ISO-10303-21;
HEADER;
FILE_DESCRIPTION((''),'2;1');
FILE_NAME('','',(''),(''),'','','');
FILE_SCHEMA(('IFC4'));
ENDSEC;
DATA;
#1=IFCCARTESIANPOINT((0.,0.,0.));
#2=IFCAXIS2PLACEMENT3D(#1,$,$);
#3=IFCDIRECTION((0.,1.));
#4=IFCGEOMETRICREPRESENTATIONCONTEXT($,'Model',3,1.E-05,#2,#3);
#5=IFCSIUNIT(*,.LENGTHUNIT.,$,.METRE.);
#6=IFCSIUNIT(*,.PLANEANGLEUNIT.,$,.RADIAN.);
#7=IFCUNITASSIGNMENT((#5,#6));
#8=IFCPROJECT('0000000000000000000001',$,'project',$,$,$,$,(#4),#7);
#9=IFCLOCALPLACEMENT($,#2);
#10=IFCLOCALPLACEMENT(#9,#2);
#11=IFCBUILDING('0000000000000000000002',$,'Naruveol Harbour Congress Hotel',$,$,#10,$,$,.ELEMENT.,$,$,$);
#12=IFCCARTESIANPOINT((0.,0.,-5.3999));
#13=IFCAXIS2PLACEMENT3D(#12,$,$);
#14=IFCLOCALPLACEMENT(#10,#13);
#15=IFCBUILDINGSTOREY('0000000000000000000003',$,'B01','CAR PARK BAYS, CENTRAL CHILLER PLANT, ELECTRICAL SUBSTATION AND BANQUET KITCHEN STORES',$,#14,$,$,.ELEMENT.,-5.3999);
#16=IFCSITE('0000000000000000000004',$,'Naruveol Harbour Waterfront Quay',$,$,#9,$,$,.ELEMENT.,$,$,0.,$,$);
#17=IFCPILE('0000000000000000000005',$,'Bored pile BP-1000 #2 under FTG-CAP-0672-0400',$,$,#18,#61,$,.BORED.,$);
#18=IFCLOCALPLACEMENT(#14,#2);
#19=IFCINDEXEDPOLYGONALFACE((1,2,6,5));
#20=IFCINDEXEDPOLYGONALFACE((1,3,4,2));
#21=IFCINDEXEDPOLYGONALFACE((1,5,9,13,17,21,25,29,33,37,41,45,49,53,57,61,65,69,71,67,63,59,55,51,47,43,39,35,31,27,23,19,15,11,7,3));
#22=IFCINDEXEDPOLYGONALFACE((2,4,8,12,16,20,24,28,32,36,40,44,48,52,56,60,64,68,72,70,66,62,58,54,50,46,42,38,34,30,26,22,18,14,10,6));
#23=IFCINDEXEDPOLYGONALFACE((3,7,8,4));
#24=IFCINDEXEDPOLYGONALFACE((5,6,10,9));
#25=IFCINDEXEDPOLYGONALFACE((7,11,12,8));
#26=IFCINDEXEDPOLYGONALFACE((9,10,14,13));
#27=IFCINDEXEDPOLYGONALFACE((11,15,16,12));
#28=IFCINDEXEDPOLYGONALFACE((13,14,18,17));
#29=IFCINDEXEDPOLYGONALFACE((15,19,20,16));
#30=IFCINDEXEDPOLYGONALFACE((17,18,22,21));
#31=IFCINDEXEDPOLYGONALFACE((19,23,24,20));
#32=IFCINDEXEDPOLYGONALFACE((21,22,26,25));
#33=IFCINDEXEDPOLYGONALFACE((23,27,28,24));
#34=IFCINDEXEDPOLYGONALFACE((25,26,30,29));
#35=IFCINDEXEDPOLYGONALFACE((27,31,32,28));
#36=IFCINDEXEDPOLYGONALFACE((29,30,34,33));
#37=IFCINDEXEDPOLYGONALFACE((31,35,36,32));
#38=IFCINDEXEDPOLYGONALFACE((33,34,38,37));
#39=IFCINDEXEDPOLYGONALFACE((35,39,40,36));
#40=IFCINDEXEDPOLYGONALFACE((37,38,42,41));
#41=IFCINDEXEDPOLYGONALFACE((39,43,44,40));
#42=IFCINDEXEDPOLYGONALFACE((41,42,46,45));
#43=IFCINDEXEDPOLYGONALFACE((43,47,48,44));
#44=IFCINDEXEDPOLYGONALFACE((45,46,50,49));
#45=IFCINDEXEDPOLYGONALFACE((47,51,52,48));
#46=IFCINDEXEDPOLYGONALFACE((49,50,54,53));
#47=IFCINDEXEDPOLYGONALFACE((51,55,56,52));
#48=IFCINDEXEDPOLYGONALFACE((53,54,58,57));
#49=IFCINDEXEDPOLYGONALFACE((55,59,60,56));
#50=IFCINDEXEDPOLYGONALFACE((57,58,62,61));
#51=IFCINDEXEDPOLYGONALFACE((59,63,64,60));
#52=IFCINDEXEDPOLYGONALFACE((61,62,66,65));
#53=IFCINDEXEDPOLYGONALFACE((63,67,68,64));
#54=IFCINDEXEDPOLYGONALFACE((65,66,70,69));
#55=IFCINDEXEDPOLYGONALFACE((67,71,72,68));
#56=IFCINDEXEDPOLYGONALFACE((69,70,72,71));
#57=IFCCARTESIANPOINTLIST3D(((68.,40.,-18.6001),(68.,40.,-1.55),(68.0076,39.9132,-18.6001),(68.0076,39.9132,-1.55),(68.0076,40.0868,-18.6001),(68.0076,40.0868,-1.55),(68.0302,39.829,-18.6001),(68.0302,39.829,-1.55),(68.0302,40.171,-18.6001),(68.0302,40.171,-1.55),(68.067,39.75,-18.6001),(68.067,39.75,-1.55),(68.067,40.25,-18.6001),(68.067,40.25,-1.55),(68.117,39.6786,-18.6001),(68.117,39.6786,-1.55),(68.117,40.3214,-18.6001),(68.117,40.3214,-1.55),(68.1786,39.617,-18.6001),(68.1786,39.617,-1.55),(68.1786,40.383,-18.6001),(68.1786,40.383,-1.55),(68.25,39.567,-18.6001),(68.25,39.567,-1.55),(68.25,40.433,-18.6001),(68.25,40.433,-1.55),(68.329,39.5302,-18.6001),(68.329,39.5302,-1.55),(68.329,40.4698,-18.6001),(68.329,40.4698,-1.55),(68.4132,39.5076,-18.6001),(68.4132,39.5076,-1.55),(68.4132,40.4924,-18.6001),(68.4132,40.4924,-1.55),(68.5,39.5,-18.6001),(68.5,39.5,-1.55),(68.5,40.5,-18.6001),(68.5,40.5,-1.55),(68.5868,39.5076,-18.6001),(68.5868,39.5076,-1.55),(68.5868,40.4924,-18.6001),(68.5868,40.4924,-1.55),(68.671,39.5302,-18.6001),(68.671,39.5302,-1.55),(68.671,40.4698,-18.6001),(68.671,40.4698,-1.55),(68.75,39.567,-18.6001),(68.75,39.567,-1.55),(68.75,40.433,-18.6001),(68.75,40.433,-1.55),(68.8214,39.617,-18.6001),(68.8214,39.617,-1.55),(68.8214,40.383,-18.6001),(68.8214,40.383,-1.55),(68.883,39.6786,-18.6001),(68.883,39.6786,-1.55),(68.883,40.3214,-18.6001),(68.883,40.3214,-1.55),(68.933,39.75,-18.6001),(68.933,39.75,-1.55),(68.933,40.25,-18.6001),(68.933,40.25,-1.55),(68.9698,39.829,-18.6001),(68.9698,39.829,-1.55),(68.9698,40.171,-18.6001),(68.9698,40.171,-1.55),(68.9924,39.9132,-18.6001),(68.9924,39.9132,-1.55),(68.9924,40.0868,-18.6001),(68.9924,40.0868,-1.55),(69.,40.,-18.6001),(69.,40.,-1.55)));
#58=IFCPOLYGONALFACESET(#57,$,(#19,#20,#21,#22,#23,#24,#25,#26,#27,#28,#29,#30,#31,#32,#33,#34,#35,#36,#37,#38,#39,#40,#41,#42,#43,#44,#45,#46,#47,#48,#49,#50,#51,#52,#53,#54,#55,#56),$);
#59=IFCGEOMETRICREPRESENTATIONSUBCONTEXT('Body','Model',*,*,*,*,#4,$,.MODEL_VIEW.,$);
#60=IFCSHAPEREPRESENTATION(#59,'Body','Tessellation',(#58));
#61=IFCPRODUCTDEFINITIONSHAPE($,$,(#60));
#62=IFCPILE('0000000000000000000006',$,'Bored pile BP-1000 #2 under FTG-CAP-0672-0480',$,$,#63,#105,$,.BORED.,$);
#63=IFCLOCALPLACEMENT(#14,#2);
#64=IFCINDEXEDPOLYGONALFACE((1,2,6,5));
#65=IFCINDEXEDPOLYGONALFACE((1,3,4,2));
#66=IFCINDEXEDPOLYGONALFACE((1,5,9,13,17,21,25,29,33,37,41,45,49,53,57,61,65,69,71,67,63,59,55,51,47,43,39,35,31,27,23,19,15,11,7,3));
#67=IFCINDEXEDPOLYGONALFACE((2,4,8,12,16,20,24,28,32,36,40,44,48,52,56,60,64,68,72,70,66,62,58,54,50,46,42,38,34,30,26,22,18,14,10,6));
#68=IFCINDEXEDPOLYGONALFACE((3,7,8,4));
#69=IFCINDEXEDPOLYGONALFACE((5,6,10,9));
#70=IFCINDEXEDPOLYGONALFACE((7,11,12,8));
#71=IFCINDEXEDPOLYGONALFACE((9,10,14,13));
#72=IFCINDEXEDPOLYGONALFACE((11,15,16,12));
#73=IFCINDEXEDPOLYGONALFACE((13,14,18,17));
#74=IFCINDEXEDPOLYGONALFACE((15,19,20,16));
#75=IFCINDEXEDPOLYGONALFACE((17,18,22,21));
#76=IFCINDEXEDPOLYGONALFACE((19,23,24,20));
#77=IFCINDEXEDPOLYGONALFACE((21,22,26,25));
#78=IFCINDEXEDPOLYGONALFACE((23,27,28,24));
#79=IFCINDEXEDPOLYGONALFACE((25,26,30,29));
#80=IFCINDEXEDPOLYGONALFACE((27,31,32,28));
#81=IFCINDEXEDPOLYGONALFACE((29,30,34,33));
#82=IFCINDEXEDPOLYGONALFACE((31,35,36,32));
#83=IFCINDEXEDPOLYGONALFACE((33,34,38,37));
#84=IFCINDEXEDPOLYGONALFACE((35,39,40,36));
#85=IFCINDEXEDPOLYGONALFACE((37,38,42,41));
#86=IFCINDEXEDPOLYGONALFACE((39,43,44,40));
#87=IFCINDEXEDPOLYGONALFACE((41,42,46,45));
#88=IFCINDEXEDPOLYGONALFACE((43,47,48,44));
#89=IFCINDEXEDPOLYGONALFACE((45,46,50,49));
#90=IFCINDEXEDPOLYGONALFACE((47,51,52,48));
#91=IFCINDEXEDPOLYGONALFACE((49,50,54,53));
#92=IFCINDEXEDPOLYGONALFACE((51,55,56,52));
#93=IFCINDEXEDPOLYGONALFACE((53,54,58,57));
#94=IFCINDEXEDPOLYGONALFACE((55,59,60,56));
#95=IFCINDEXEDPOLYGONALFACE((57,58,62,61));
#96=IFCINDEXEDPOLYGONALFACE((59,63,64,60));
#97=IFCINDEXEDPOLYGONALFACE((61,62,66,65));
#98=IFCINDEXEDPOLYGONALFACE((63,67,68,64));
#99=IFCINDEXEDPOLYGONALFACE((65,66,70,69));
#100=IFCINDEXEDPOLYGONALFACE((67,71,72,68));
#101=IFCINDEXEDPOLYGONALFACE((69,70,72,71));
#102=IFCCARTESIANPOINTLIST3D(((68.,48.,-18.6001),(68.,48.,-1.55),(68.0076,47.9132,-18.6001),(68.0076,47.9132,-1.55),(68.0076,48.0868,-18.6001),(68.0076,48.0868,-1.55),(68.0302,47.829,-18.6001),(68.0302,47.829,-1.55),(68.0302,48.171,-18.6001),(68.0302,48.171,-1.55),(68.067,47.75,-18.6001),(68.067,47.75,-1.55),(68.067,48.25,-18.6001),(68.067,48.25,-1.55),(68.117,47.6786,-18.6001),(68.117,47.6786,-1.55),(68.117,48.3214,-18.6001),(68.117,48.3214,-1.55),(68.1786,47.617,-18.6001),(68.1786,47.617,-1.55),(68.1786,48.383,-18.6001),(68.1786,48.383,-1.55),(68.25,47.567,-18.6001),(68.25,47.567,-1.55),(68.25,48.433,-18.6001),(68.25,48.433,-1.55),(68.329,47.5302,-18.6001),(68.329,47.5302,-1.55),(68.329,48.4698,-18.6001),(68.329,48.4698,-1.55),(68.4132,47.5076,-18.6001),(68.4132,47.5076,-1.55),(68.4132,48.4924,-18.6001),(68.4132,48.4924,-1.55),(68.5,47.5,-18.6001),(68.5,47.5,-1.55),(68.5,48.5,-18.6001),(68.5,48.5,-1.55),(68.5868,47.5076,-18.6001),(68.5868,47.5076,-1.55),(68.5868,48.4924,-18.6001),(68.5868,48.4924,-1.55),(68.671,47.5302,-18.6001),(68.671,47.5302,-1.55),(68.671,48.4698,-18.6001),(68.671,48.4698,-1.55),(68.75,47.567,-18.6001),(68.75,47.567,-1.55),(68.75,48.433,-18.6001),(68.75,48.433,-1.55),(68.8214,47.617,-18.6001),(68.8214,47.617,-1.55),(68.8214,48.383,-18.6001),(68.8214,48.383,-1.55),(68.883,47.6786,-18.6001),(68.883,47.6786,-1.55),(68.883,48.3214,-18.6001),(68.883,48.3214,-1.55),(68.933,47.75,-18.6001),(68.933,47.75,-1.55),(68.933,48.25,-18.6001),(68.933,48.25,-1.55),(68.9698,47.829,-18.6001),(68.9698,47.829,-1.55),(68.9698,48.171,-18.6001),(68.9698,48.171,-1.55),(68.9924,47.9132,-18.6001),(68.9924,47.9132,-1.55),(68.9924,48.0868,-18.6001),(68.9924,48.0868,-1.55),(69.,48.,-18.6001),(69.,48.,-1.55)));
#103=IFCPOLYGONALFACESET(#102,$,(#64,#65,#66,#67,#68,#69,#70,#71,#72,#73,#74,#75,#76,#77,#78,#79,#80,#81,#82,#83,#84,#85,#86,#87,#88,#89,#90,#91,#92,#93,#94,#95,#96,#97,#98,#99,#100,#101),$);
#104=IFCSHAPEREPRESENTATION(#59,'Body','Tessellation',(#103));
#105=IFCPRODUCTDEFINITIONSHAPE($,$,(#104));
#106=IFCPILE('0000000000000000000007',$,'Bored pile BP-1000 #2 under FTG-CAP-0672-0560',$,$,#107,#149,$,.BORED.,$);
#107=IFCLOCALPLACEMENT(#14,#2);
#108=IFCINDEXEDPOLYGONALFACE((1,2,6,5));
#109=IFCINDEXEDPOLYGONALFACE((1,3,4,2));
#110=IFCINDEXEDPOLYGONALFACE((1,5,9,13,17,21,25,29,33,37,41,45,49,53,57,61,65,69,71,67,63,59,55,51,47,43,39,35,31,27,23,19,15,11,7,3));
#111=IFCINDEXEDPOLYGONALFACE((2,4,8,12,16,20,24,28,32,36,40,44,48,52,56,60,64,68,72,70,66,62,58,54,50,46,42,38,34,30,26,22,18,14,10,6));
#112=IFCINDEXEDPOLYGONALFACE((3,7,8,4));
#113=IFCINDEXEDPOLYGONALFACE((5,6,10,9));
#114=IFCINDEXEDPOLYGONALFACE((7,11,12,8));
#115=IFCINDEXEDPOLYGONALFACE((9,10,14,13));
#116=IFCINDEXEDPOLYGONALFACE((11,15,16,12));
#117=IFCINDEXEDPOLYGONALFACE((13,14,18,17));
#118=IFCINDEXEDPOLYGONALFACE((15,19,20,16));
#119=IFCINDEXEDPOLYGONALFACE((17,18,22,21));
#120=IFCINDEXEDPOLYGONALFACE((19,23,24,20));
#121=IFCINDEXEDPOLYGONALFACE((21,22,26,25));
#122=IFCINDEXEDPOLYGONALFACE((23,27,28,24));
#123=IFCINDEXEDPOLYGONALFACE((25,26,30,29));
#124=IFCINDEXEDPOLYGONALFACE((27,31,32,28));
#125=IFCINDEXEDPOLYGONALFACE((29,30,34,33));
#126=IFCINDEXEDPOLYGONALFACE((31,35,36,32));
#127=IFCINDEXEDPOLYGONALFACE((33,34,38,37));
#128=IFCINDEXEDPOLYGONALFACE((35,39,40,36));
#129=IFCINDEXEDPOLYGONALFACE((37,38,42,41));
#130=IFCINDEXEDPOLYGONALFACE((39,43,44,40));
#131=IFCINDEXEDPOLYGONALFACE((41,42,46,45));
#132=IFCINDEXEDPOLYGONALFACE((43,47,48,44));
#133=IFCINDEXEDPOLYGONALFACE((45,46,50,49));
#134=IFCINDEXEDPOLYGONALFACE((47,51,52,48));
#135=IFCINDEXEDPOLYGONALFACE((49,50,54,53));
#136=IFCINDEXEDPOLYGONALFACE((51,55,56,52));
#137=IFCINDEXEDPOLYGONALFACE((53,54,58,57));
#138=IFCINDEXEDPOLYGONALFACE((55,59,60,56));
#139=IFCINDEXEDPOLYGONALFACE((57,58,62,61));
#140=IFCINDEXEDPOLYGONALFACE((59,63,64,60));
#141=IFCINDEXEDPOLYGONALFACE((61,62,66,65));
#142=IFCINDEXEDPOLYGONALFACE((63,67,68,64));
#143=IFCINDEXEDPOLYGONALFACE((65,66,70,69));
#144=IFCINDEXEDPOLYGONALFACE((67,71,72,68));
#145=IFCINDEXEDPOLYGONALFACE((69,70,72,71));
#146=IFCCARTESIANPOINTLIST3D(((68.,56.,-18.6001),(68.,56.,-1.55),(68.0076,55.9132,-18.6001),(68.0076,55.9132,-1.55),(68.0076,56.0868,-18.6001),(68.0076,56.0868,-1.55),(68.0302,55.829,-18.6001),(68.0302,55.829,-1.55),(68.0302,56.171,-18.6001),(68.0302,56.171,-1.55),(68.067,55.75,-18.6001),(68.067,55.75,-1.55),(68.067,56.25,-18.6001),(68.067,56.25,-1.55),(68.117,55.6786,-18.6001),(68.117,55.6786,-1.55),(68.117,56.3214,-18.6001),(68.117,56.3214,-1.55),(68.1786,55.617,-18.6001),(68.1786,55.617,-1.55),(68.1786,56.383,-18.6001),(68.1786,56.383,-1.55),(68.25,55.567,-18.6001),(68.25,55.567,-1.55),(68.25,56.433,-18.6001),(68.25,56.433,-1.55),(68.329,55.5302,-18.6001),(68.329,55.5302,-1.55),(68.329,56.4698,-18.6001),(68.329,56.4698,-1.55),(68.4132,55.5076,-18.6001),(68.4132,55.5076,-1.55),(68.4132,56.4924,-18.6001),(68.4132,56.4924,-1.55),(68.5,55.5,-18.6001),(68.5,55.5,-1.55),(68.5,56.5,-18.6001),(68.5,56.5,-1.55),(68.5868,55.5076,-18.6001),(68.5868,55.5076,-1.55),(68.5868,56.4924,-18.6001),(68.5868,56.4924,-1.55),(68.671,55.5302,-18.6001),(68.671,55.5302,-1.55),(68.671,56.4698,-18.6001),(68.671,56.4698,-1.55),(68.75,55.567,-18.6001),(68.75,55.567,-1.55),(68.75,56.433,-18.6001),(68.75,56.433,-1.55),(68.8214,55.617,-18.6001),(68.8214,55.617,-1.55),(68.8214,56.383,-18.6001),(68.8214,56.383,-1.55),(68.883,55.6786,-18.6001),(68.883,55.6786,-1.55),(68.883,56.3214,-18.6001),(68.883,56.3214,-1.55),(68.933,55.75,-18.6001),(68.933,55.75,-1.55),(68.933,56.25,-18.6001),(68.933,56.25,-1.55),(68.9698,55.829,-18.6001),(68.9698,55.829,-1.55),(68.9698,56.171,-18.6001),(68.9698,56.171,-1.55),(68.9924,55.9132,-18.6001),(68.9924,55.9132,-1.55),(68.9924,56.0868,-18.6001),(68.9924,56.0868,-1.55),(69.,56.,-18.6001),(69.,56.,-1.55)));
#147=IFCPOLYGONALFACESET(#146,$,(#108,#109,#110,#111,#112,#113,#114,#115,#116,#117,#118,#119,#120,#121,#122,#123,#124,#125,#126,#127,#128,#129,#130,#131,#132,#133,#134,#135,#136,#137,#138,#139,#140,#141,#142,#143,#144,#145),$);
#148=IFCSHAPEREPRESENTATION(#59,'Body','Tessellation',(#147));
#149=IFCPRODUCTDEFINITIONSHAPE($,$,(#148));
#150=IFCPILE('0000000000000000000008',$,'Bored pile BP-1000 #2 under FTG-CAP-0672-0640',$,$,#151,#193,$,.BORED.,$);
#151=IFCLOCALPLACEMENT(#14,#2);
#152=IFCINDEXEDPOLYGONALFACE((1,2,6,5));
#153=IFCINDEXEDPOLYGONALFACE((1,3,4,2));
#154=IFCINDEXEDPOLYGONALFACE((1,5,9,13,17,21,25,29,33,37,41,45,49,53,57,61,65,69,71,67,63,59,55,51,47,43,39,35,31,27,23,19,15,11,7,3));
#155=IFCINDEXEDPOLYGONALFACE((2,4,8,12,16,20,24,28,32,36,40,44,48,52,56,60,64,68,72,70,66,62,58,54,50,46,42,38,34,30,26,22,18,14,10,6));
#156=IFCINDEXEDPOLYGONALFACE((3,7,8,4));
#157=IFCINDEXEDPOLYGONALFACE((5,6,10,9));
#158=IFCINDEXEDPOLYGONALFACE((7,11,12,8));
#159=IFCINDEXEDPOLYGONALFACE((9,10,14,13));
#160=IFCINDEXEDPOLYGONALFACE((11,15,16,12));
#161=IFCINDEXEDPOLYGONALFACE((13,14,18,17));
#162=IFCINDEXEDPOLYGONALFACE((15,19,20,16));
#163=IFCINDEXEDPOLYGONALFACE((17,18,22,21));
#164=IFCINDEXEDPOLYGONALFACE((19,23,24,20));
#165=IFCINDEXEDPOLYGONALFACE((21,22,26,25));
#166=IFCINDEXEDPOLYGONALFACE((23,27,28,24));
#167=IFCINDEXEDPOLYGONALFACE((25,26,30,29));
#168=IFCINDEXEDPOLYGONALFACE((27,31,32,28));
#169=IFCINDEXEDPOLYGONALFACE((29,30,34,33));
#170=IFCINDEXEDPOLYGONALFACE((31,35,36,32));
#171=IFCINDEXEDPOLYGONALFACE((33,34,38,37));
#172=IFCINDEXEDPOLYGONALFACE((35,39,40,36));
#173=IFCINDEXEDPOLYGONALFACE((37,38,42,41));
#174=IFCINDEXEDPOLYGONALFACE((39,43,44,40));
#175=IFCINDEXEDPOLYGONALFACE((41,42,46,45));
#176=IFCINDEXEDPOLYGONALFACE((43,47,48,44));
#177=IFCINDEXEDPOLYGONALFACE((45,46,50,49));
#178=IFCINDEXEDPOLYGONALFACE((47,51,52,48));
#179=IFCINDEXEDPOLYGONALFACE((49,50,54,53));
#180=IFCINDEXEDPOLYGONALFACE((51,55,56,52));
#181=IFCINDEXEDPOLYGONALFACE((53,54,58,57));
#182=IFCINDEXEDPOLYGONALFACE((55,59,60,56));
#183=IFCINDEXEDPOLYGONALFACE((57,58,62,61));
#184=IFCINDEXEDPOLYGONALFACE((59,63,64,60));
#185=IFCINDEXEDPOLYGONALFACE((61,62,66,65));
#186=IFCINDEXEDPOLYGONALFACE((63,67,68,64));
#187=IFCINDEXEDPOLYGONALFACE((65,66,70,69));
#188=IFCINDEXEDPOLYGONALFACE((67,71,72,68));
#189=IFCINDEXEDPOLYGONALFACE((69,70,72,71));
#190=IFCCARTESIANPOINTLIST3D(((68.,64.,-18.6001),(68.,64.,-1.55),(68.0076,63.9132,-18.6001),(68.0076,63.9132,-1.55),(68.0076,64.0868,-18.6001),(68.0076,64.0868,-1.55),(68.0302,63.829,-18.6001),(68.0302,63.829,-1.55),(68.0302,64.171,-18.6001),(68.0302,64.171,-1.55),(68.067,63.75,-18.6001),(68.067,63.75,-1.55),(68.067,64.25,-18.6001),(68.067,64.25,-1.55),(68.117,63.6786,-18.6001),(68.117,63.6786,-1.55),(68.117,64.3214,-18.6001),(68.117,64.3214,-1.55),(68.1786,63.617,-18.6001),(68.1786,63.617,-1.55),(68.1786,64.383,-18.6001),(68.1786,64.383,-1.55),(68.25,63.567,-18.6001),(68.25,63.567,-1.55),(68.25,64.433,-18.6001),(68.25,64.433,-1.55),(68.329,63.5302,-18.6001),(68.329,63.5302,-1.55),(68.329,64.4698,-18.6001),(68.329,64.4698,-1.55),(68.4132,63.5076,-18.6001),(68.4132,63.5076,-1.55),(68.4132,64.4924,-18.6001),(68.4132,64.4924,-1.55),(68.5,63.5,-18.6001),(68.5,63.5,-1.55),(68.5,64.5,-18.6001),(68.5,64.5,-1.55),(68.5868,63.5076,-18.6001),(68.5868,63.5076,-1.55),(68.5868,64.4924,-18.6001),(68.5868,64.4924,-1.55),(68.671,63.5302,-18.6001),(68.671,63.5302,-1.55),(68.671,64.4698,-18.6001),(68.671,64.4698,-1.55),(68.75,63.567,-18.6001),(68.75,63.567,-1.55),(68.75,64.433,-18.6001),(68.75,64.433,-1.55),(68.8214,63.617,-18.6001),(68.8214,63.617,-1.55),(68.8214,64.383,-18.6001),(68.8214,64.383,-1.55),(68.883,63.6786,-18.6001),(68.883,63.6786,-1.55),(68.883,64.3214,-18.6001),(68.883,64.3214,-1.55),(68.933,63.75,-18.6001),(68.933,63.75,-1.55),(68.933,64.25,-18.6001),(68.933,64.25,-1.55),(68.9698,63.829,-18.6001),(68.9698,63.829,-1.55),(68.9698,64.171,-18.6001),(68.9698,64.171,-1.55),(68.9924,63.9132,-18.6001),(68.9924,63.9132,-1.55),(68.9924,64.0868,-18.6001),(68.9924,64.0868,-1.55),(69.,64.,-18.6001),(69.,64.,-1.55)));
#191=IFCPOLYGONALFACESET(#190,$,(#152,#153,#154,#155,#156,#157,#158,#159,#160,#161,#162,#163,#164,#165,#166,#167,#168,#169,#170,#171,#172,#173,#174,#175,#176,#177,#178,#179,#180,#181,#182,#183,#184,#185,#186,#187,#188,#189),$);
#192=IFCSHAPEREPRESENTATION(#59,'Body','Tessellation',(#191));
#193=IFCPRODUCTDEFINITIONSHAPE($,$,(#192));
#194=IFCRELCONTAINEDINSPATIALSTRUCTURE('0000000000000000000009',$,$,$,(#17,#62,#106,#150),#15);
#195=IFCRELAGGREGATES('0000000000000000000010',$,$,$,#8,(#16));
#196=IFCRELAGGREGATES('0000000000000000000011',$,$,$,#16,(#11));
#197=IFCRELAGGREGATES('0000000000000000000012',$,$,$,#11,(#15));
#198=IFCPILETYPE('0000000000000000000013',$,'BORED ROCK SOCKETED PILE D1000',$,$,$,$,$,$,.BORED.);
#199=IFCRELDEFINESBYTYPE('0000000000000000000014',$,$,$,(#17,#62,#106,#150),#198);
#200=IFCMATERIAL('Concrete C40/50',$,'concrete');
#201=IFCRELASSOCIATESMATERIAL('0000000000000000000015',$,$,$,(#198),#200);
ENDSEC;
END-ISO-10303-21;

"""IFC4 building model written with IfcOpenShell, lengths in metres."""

from ifc_helpers import new_model, si_unit, direction, frame, origin, origin_2d, place, context, subcontext, project, spatial, circle, extrude, material, material_profile, profile_set, type_object, element, save


model = new_model("IFC4")

# Units and contexts
model_context = context("Model", 3, precision=1e-05, world=origin(), true_north=direction((0.0, 1.0)))
body_context = subcontext(model_context, "Body", "Model", "MODEL_VIEW")
ifc_project = project(units=[si_unit("LENGTHUNIT", "METRE"), si_unit("PLANEANGLEUNIT", "RADIAN")], contexts=[model_context])

# Site, building, storey
site_placement = place(None, origin())
site = spatial("IfcSite", under=ifc_project, at=site_placement, Name="Naruveol Harbour Waterfront Quay", CompositionType="ELEMENT", RefElevation=0.0)
building_placement = place(site_placement, origin())
building = spatial("IfcBuilding", under=site, at=building_placement, Name="Naruveol Harbour Congress Hotel", CompositionType="ELEMENT")
storey_placement = place(building_placement, frame((0.0, 0.0, -5.3999)))
storey = spatial("IfcBuildingStorey", under=building, at=storey_placement, Name="B01", Description="CAR PARK BAYS, CENTRAL CHILLER PLANT, ELECTRICAL SUBSTATION AND BANQUET KITCHEN STORES", CompositionType="ELEMENT", Elevation=-5.3999)

# Piles
ifc_material_1 = material(Name="Concrete C40/50", Category="concrete")
ifc_material_profile_1 = material_profile(ifc_material_1, circle(Radius=0.5, at=origin_2d()), Name="BP-1000")
ifc_profile_set_1 = profile_set([ifc_material_profile_1], Name="Concrete C40/50")
pile_type = type_object("IfcPileType", Name="BORED ROCK SOCKETED PILE D1000", PredefinedType="BORED", material=ifc_profile_set_1)
for number, where, z_axis, x_axis, name in (
    (1, (68.5, 40.0, -1.55), (0.0, 0.0, -1.0), (1.0, 0.0, 0.0), "Bored pile BP-1000 #2 under FTG-CAP-0672-0400"),
    (2, (68.5, 48.0, -1.55), (0.0, 0.0, -1.0), (1.0, 0.0, 0.0), "Bored pile BP-1000 #2 under FTG-CAP-0672-0480"),
    (3, (68.5, 56.0, -1.55), (0.0, 0.0, -1.0), (1.0, 0.0, 0.0), "Bored pile BP-1000 #2 under FTG-CAP-0672-0560"),
    (4, (68.5, 64.0, -1.55), (0.0, 0.0, -1.0), (1.0, 0.0, 0.0), "Bored pile BP-1000 #2 under FTG-CAP-0672-0640"),
):
    element("IfcPile", number, at=place(storey_placement, frame(where, z_axis=z_axis, x_axis=x_axis)), inside=storey, type_object=pile_type, Name=name, PredefinedType="BORED", context=body_context, shape_type="SweptSolid", body=[
        extrude(circle(Radius=0.5, at=origin_2d()), origin(), (0.0, 0.0, 1.0), 17.05),
    ])

save(model, "model.ifc")
